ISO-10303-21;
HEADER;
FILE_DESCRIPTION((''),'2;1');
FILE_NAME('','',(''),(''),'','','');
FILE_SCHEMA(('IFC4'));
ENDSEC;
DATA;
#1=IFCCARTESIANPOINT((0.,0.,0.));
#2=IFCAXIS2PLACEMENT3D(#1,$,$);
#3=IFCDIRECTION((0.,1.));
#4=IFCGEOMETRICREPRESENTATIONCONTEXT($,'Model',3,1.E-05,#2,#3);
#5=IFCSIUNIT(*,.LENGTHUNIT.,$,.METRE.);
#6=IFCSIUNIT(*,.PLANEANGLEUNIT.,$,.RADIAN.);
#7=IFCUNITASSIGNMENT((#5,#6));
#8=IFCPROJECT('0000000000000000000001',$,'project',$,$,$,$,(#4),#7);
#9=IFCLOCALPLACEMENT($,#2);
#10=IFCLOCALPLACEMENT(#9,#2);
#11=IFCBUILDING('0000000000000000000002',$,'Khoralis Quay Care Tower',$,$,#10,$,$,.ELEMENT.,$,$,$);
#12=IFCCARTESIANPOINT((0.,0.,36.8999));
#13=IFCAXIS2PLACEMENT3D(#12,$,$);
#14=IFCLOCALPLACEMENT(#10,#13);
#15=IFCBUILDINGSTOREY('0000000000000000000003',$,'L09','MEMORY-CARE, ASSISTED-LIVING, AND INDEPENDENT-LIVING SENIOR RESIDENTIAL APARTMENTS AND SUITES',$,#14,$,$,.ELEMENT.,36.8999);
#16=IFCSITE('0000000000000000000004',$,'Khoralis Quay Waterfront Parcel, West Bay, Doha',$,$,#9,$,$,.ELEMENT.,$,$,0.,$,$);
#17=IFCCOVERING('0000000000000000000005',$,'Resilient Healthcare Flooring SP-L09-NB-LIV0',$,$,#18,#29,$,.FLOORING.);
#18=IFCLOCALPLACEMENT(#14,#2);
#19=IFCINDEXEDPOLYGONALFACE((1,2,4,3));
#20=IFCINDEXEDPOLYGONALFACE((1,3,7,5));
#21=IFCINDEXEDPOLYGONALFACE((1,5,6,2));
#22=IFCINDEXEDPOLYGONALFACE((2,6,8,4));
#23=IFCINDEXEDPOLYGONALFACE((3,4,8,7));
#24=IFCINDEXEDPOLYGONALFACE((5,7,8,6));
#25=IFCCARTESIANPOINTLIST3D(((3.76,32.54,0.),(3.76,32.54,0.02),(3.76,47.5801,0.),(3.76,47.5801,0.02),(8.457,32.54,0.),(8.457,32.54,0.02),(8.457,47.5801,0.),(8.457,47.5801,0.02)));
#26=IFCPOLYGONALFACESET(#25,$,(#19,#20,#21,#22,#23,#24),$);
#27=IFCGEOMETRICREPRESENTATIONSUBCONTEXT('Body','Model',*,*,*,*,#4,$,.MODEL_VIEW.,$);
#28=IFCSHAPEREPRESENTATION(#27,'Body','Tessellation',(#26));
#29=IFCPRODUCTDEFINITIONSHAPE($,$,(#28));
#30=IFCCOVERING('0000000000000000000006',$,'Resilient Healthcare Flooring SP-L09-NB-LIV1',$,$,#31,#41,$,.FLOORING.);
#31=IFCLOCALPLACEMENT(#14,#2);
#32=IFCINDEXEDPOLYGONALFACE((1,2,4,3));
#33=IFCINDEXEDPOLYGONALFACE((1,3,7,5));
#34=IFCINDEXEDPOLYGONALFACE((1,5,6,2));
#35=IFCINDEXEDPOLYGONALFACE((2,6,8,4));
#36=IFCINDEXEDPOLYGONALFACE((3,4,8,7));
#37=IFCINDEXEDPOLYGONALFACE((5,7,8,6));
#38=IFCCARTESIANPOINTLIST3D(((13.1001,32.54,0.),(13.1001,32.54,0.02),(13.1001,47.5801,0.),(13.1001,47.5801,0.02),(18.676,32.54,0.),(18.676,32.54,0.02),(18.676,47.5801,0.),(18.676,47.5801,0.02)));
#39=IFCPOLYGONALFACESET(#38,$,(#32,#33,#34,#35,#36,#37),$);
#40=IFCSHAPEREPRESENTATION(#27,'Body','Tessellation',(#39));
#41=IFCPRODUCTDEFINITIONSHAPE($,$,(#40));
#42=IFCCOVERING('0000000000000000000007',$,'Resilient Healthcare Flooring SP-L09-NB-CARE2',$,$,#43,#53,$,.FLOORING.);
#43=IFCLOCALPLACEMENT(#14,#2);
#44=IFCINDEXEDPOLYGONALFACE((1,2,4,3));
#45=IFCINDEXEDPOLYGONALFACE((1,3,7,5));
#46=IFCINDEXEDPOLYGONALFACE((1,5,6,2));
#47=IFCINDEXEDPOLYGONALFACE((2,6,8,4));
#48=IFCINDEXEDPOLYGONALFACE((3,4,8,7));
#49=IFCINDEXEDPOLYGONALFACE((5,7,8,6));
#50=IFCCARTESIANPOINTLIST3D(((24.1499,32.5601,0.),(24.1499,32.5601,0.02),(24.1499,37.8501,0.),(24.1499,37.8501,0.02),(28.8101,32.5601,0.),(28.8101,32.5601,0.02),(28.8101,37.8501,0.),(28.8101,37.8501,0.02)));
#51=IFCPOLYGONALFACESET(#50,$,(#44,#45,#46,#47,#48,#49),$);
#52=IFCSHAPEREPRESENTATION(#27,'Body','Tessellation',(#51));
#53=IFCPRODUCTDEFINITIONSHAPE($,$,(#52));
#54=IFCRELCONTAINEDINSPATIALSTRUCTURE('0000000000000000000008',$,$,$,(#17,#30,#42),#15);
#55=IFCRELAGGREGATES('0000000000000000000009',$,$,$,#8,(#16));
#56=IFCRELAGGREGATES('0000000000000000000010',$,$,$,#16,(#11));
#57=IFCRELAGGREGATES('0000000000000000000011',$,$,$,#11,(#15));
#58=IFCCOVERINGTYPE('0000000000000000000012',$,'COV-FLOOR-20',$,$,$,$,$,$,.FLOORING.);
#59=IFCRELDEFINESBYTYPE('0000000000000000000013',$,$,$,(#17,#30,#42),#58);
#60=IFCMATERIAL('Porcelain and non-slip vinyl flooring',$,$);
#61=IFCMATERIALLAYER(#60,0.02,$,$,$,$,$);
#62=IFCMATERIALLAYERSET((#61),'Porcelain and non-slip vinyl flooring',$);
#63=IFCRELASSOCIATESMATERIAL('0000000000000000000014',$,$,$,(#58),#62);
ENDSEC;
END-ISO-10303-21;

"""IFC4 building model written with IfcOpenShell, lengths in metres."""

from ifc_helpers import new_model, si_unit, direction, frame, origin, place, context, subcontext, project, spatial, polyline, outline, extrude, material, layer, layer_set, type_object, element, save


model = new_model("IFC4")

# Units and contexts
model_context = context("Model", 3, precision=1e-05, world=origin(), true_north=direction((0.0, 1.0)))
body_context = subcontext(model_context, "Body", "Model", "MODEL_VIEW")
ifc_project = project(units=[si_unit("LENGTHUNIT", "METRE"), si_unit("PLANEANGLEUNIT", "RADIAN")], contexts=[model_context])

# Site, building, storey
site_placement = place(None, origin())
site = spatial("IfcSite", under=ifc_project, at=site_placement, Name="Khoralis Quay Waterfront Parcel, West Bay, Doha", CompositionType="ELEMENT", RefElevation=0.0)
building_placement = place(site_placement, origin())
building = spatial("IfcBuilding", under=site, at=building_placement, Name="Khoralis Quay Care Tower", CompositionType="ELEMENT")
storey_placement = place(building_placement, frame((0.0, 0.0, 36.8999)))
storey = spatial("IfcBuildingStorey", under=building, at=storey_placement, Name="L09", Description="MEMORY-CARE, ASSISTED-LIVING, AND INDEPENDENT-LIVING SENIOR RESIDENTIAL APARTMENTS AND SUITES", CompositionType="ELEMENT", Elevation=36.8999)

# Coverings
ifc_material_1 = material(Name="Porcelain and non-slip vinyl flooring")
ifc_layer_1 = layer(ifc_material_1, 0.02)
ifc_layer_set_1 = layer_set([ifc_layer_1], Name="Porcelain and non-slip vinyl flooring")
covering_type_1 = type_object("IfcCoveringType", Name="COV-FLOOR-20", PredefinedType="FLOORING", material=ifc_layer_set_1)
covering_1_placement = place(storey_placement, origin())
element("IfcCovering", 1, at=covering_1_placement, inside=storey, type_object=covering_type_1, Name="Resilient Healthcare Flooring SP-L09-NB-LIV0", PredefinedType="FLOORING", context=body_context, shape_type="SweptSolid", body=[
    extrude(outline(polyline([(3.76, 32.54), (8.457, 32.54), (8.457, 47.5801), (3.76, 47.5801), (3.76, 32.54)])), origin(), (0.0, 0.0, 1.0), 0.02),
])
covering_2_placement = place(storey_placement, origin())
element("IfcCovering", 2, at=covering_2_placement, inside=storey, type_object=covering_type_1, Name="Resilient Healthcare Flooring SP-L09-NB-LIV1", PredefinedType="FLOORING", context=body_context, shape_type="SweptSolid", body=[
    extrude(outline(polyline([(13.1001, 32.54), (18.676, 32.54), (18.676, 47.5801), (13.1001, 47.5801), (13.1001, 32.54)])), origin(), (0.0, 0.0, 1.0), 0.02),
])
covering_3_placement = place(storey_placement, origin())
element("IfcCovering", 3, at=covering_3_placement, inside=storey, type_object=covering_type_1, Name="Resilient Healthcare Flooring SP-L09-NB-CARE2", PredefinedType="FLOORING", context=body_context, shape_type="SweptSolid", body=[
    extrude(outline(polyline([(24.1499, 32.5601), (28.8101, 32.5601), (28.8101, 37.8501), (24.1499, 37.8501), (24.1499, 32.5601)])), origin(), (0.0, 0.0, 1.0), 0.02),
])

save(model, "model.ifc")
